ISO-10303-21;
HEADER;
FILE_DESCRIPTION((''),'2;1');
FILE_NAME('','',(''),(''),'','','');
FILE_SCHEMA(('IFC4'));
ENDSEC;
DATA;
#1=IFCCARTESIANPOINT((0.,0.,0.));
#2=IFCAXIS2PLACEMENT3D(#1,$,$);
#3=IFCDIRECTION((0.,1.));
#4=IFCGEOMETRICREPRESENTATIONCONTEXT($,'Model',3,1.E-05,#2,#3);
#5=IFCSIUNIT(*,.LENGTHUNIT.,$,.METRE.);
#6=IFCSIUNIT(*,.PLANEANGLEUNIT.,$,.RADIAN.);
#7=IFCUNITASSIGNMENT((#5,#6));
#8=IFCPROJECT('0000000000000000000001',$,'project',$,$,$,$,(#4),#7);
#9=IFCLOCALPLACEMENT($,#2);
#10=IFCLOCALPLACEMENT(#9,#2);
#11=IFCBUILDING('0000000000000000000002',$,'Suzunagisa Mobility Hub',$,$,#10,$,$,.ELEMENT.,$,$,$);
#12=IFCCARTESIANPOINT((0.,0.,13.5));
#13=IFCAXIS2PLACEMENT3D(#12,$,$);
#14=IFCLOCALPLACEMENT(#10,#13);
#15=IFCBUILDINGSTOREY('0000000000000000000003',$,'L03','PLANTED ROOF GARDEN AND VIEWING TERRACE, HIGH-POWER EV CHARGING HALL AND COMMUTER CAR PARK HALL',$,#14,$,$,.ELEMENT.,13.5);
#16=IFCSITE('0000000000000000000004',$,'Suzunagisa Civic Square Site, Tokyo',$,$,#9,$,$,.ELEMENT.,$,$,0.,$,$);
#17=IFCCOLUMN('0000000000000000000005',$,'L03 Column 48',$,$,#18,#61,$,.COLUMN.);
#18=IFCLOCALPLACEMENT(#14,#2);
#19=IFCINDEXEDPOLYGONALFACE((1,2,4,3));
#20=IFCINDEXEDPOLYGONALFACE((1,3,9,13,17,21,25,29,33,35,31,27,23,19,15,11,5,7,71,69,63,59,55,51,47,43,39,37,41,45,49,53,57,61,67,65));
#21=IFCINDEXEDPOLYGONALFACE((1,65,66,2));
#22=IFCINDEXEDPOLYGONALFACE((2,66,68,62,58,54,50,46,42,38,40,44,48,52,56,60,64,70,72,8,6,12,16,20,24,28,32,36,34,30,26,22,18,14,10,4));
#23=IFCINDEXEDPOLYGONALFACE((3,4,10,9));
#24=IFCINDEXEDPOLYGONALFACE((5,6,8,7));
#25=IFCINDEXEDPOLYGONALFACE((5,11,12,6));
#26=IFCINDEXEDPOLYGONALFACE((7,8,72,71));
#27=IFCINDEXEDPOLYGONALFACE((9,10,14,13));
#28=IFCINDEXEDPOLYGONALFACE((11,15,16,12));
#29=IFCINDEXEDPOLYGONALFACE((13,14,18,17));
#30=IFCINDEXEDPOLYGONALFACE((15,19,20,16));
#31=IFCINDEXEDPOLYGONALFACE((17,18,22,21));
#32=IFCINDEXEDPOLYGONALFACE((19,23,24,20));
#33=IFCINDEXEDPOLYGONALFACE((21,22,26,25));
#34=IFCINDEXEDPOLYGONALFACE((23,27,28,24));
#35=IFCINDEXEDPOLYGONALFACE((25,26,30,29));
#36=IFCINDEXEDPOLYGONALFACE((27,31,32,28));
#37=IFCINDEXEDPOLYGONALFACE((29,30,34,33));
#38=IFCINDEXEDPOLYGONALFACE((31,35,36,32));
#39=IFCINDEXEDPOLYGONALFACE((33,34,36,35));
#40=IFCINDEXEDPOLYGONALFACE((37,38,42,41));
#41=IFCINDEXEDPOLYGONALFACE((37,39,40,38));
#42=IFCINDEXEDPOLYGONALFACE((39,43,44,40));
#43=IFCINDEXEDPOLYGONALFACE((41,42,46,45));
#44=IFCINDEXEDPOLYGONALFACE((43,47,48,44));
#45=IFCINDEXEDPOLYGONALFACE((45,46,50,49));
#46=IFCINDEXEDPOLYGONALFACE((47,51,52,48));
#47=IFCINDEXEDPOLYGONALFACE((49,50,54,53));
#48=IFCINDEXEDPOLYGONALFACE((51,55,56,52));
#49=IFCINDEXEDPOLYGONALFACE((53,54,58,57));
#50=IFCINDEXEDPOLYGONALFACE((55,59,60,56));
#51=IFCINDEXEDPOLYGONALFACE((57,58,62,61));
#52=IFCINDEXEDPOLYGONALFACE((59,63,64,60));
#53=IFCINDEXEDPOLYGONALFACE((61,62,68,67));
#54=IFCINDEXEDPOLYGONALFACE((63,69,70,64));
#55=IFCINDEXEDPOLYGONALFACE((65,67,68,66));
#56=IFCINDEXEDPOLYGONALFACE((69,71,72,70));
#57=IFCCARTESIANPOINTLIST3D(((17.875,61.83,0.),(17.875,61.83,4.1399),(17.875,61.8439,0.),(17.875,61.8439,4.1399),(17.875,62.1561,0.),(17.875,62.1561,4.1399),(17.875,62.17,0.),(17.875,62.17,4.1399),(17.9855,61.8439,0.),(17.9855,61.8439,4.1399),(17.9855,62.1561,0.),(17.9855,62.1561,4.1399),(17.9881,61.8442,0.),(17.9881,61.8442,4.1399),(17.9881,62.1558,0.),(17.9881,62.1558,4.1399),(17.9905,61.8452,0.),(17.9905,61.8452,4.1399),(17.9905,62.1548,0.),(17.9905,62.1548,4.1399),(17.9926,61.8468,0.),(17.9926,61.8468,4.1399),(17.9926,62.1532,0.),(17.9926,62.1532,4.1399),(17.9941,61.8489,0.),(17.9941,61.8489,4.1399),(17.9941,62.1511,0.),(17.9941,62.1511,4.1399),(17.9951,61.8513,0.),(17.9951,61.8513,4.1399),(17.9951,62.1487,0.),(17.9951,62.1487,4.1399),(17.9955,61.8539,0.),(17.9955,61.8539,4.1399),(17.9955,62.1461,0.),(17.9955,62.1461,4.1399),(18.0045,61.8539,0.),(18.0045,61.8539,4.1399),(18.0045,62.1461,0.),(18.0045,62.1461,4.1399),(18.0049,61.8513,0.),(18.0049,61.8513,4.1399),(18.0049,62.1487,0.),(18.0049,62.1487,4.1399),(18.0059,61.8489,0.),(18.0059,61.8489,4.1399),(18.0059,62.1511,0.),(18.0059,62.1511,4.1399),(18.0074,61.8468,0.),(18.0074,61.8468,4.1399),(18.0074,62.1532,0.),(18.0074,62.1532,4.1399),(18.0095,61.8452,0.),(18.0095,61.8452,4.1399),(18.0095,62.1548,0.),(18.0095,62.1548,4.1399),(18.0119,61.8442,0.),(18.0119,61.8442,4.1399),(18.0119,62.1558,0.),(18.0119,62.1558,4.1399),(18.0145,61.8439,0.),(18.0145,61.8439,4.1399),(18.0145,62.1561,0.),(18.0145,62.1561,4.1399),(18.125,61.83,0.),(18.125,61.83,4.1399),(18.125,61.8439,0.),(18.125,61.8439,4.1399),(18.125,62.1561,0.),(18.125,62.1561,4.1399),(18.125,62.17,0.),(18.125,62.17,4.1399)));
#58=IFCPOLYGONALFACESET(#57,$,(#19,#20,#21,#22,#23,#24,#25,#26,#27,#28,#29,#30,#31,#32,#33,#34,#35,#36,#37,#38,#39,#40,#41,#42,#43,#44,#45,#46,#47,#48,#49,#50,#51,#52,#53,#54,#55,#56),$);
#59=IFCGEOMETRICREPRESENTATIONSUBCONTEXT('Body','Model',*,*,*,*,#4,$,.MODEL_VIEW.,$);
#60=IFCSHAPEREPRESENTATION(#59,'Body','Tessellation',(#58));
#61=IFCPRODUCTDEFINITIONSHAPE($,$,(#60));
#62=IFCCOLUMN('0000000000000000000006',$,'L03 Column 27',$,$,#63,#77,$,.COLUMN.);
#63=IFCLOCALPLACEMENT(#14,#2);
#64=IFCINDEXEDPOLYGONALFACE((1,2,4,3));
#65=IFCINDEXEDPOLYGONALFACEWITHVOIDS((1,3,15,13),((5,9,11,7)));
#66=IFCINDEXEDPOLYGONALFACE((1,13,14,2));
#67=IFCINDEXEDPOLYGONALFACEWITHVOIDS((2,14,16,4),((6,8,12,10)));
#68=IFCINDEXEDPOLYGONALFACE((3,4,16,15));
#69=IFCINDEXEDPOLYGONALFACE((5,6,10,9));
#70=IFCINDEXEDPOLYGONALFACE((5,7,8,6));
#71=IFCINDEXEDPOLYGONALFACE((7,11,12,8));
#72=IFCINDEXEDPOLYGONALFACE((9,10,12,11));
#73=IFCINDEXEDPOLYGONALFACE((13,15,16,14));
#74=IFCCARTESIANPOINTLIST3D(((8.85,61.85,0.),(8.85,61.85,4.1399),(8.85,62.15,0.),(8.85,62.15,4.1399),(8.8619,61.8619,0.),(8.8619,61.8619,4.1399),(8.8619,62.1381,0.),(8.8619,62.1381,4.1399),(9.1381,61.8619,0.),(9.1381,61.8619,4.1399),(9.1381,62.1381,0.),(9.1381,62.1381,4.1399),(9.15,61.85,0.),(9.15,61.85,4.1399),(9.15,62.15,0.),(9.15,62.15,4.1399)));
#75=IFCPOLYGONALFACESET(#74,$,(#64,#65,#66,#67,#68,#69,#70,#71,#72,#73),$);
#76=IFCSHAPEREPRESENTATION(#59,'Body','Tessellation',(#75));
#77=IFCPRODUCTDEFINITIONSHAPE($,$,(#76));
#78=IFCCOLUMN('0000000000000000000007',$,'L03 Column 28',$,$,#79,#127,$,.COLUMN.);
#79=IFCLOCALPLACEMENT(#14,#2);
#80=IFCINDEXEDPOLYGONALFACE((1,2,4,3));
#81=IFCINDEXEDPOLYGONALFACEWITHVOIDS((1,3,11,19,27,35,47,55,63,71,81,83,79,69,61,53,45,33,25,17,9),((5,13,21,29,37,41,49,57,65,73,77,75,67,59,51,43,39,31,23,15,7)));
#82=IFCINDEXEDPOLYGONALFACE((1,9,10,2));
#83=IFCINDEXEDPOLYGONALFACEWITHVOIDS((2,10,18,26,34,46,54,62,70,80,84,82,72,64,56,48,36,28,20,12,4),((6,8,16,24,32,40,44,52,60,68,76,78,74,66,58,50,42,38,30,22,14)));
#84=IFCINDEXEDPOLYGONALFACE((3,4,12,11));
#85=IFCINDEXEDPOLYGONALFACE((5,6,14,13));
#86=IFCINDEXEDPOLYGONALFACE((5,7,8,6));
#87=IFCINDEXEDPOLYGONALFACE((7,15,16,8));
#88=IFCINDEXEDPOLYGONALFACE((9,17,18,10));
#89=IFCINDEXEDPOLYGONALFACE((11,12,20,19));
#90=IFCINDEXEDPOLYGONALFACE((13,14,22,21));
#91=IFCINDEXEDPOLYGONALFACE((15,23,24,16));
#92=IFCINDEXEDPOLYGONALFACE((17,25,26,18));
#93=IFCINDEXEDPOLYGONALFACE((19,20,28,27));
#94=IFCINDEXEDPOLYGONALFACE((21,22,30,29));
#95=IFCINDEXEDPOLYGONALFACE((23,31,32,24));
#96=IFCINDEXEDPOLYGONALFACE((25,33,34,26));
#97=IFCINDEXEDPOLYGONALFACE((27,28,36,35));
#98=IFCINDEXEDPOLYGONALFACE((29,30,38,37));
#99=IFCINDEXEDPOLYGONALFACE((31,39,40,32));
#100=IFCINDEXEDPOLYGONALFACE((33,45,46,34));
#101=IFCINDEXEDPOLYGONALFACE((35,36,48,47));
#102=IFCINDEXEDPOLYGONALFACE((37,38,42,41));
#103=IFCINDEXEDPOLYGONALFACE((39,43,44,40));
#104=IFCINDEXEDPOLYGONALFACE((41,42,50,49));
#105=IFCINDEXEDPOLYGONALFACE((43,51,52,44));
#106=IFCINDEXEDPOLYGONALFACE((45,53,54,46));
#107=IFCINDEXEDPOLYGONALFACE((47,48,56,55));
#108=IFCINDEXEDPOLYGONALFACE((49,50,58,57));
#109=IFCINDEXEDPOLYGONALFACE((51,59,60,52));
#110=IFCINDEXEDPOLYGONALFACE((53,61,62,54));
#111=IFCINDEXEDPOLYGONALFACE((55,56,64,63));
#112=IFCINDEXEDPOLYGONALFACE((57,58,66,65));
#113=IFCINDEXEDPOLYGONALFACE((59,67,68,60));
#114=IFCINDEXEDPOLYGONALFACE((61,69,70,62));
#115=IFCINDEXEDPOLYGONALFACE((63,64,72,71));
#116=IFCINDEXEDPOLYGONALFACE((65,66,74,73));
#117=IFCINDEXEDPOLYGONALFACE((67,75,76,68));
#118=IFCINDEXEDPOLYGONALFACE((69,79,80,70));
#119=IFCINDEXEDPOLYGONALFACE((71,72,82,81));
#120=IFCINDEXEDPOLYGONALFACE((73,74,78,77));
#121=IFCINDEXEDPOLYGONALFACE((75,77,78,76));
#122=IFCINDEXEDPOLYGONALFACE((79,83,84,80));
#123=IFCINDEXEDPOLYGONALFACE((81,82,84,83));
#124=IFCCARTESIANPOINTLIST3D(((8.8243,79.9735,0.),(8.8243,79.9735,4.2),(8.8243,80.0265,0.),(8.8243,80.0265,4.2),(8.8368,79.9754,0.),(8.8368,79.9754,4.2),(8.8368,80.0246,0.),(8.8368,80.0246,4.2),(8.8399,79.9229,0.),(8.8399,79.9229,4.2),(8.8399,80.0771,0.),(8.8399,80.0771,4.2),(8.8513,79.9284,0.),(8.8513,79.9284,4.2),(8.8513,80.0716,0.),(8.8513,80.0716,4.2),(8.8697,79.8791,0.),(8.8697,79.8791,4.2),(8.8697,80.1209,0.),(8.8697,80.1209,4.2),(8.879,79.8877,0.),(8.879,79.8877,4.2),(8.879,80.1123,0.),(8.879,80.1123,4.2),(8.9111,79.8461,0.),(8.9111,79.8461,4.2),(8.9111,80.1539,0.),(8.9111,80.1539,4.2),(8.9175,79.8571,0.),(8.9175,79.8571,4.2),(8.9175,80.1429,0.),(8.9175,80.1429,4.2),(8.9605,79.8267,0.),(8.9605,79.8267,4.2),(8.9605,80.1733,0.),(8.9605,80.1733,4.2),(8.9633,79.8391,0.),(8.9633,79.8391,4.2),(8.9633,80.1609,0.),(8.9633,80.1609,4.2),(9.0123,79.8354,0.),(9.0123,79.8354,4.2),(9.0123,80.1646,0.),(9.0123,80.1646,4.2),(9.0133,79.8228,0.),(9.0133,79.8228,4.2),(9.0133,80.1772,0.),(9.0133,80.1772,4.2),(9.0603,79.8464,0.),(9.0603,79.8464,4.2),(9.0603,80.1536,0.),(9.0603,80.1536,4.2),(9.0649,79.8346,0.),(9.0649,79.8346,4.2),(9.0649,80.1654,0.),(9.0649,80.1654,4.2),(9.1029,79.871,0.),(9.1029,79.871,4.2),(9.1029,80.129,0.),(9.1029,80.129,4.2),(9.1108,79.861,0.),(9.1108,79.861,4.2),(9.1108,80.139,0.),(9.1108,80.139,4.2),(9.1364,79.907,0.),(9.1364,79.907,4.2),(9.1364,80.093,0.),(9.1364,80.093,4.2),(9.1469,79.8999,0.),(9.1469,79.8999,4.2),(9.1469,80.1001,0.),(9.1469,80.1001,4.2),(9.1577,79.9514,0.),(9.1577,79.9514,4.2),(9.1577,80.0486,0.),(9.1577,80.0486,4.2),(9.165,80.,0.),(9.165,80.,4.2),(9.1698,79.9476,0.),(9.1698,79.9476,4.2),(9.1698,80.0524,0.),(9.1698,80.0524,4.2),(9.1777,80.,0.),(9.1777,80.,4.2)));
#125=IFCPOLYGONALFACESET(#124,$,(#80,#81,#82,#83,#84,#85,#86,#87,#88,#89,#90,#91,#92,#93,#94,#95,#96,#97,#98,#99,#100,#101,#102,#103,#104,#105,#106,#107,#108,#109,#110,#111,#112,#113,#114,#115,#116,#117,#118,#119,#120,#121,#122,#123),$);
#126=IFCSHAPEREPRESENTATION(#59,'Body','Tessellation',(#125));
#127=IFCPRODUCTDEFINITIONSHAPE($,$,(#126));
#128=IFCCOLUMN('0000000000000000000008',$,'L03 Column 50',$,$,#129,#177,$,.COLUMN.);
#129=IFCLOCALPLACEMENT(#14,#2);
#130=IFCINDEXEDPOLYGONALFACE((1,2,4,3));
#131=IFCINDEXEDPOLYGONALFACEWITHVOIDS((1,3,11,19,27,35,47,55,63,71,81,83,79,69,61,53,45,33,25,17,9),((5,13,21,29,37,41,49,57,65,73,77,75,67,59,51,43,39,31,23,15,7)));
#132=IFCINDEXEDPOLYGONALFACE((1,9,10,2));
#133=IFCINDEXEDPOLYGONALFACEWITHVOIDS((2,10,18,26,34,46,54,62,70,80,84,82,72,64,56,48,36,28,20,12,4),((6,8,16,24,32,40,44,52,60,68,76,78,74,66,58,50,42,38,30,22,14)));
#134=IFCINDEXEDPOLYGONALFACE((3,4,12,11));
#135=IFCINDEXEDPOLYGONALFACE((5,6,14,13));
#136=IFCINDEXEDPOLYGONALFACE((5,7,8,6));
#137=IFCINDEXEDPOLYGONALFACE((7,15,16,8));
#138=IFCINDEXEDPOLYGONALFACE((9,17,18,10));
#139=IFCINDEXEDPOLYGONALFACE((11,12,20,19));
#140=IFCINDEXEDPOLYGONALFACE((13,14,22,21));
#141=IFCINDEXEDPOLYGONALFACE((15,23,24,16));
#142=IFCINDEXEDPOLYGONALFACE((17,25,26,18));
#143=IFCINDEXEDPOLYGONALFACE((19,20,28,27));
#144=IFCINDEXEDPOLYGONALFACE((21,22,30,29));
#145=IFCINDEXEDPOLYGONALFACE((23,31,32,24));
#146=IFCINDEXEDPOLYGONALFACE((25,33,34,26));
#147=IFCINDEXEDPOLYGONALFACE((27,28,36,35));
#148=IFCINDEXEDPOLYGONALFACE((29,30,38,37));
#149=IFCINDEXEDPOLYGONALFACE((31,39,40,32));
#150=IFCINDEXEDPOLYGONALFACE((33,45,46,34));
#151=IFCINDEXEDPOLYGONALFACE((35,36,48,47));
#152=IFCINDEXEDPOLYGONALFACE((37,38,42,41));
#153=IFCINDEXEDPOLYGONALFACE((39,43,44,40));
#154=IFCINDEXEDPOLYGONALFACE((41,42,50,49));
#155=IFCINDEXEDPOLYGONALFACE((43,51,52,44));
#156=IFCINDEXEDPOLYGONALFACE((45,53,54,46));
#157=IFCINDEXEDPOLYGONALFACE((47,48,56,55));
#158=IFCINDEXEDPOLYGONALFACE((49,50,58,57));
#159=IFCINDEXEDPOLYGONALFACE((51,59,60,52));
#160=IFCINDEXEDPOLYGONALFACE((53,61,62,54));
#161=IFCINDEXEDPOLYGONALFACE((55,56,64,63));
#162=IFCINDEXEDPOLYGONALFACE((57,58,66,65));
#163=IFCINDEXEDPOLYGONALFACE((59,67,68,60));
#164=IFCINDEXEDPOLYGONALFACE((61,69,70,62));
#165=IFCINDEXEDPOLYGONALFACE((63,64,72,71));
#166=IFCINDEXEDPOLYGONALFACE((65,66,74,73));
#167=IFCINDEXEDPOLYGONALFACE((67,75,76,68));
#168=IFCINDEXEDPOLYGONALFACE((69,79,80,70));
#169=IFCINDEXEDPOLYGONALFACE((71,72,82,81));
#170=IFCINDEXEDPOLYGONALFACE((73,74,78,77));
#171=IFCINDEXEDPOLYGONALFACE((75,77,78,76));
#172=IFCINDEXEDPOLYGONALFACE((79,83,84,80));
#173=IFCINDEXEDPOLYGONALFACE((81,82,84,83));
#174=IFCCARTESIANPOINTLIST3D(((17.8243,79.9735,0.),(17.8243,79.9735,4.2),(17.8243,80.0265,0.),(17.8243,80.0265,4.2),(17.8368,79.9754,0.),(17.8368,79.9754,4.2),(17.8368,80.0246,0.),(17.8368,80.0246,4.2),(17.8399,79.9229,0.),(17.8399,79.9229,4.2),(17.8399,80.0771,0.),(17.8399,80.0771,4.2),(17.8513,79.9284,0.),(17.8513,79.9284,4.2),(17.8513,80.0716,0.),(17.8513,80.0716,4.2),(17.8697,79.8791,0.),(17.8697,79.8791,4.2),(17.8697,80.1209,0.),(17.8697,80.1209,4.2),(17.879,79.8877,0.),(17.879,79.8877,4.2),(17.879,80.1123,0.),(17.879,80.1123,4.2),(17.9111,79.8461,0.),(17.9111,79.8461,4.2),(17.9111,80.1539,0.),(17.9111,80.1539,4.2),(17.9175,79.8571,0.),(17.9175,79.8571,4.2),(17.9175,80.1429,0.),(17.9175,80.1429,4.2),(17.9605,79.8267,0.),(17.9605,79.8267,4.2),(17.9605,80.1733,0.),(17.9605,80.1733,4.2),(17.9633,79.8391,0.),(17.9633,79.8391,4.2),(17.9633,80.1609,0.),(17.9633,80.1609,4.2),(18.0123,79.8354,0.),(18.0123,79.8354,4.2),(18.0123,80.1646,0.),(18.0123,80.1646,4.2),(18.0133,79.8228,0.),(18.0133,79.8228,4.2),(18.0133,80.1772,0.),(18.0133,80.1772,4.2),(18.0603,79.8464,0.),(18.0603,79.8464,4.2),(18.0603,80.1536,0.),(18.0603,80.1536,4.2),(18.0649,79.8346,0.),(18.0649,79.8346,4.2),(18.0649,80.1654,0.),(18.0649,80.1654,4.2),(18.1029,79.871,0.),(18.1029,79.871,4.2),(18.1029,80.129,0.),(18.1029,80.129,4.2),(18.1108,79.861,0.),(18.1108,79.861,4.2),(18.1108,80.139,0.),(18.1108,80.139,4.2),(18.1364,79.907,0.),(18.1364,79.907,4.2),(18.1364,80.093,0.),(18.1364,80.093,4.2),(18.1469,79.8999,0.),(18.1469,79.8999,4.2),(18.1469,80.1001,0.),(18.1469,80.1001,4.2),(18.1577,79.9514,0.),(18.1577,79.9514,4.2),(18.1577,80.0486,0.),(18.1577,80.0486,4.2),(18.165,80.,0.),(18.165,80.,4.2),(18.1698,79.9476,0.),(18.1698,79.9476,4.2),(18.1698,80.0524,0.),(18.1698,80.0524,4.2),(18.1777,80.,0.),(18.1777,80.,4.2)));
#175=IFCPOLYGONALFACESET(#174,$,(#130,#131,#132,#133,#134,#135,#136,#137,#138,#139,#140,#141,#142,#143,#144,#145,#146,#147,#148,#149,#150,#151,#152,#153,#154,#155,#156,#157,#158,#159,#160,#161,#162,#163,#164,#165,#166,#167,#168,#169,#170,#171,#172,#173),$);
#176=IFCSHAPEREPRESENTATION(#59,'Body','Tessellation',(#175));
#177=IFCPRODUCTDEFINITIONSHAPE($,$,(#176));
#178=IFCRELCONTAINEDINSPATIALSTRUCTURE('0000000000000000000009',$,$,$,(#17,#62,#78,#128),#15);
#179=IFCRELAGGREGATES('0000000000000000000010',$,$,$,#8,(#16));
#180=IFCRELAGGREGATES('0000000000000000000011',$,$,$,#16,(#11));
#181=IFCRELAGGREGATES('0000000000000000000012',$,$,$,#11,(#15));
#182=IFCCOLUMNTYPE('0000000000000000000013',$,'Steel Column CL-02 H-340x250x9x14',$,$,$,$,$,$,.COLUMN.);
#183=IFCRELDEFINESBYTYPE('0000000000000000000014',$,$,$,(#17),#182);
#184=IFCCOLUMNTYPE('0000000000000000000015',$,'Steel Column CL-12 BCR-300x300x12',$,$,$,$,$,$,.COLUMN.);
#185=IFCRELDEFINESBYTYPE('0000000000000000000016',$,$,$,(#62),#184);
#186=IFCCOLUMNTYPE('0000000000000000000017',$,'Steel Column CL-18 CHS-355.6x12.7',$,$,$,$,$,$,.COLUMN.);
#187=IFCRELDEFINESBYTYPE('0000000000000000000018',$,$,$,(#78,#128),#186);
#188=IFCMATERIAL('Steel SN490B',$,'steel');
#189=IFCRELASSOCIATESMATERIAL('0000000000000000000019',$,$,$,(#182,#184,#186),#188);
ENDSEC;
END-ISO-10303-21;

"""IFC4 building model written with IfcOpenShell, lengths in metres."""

from ifc_helpers import new_model, si_unit, direction, frame, origin, origin_2d, place, context, subcontext, project, spatial, hollow_rectangle, hollow_circle, i_section, extrude, material, material_profile, profile_set, type_object, element, save


model = new_model("IFC4")

# Units and contexts
model_context = context("Model", 3, precision=1e-05, world=origin(), true_north=direction((0.0, 1.0)))
body_context = subcontext(model_context, "Body", "Model", "MODEL_VIEW")
ifc_project = project(units=[si_unit("LENGTHUNIT", "METRE"), si_unit("PLANEANGLEUNIT", "RADIAN")], contexts=[model_context])

# Site, building, storey
site_placement = place(None, origin())
site = spatial("IfcSite", under=ifc_project, at=site_placement, Name="Suzunagisa Civic Square Site, Tokyo", CompositionType="ELEMENT", RefElevation=0.0)
building_placement = place(site_placement, origin())
building = spatial("IfcBuilding", under=site, at=building_placement, Name="Suzunagisa Mobility Hub", CompositionType="ELEMENT")
storey_placement = place(building_placement, frame((0.0, 0.0, 13.5)))
storey = spatial("IfcBuildingStorey", under=building, at=storey_placement, Name="L03", Description="PLANTED ROOF GARDEN AND VIEWING TERRACE, HIGH-POWER EV CHARGING HALL AND COMMUTER CAR PARK HALL", CompositionType="ELEMENT", Elevation=13.5)

# Columns
ifc_material_1 = material(Name="Steel SN490B", Category="steel")
ifc_material_profile_1 = material_profile(ifc_material_1, i_section(OverallWidth=0.25, OverallDepth=0.3401, WebThickness=0.009, FlangeThickness=0.0139, FilletRadius=0.01, at=origin_2d()), Name="H-340x250x9x14")
ifc_profile_set_1 = profile_set([ifc_material_profile_1], Name="Steel SN490B")
column_type_1 = type_object("IfcColumnType", Name="Steel Column CL-02 H-340x250x9x14", PredefinedType="COLUMN", material=ifc_profile_set_1)
column_1_placement = place(storey_placement, frame((18.0, 62.0, 0.0), z_axis=(0.0, 0.0, 1.0), x_axis=(1.0, 0.0, 0.0)))
element("IfcColumn", 1, at=column_1_placement, inside=storey, type_object=column_type_1, Name="L03 Column 48", PredefinedType="COLUMN", context=body_context, shape_type="SweptSolid", body=[
    extrude(i_section(OverallWidth=0.25, OverallDepth=0.3401, WebThickness=0.009, FlangeThickness=0.0139, FilletRadius=0.01, at=origin_2d()), origin(), (0.0, 0.0, 1.0), 4.1399),
])
ifc_material_profile_2 = material_profile(ifc_material_1, hollow_rectangle(XDim=0.3, YDim=0.3, WallThickness=0.012, at=origin_2d()), Name="BCR-300x300x12")
ifc_profile_set_2 = profile_set([ifc_material_profile_2], Name="Steel SN490B")
column_type_2 = type_object("IfcColumnType", Name="Steel Column CL-12 BCR-300x300x12", PredefinedType="COLUMN", material=ifc_profile_set_2)
column_2_placement = place(storey_placement, frame((9.0, 62.0, 0.0), z_axis=(0.0, 0.0, 1.0), x_axis=(1.0, 0.0, 0.0)))
element("IfcColumn", 2, at=column_2_placement, inside=storey, type_object=column_type_2, Name="L03 Column 27", PredefinedType="COLUMN", context=body_context, shape_type="SweptSolid", body=[
    extrude(hollow_rectangle(XDim=0.3, YDim=0.3, WallThickness=0.012, at=origin_2d()), origin(), (0.0, 0.0, 1.0), 4.1399),
])
ifc_material_profile_3 = material_profile(ifc_material_1, hollow_circle(Radius=0.1777, WallThickness=0.0127, at=origin_2d()), Name="CHS-355.6x12.7")
ifc_profile_set_3 = profile_set([ifc_material_profile_3], Name="Steel SN490B")
column_type_3 = type_object("IfcColumnType", Name="Steel Column CL-18 CHS-355.6x12.7", PredefinedType="COLUMN", material=ifc_profile_set_3)
for number, where, z_axis, x_axis, name in (
    (3, (9.0, 80.0, 0.0), (0.0, 0.0, 1.0), (1.0, 0.0, 0.0), "L03 Column 28"),
    (4, (18.0, 80.0, 0.0), (0.0, 0.0, 1.0), (1.0, 0.0, 0.0), "L03 Column 50"),
):
    element("IfcColumn", number, at=place(storey_placement, frame(where, z_axis=z_axis, x_axis=x_axis)), inside=storey, type_object=column_type_3, Name=name, PredefinedType="COLUMN", context=body_context, shape_type="SweptSolid", body=[
        extrude(hollow_circle(Radius=0.1777, WallThickness=0.0127, at=origin_2d()), origin(), (0.0, 0.0, 1.0), 4.2),
    ])

save(model, "model.ifc")
